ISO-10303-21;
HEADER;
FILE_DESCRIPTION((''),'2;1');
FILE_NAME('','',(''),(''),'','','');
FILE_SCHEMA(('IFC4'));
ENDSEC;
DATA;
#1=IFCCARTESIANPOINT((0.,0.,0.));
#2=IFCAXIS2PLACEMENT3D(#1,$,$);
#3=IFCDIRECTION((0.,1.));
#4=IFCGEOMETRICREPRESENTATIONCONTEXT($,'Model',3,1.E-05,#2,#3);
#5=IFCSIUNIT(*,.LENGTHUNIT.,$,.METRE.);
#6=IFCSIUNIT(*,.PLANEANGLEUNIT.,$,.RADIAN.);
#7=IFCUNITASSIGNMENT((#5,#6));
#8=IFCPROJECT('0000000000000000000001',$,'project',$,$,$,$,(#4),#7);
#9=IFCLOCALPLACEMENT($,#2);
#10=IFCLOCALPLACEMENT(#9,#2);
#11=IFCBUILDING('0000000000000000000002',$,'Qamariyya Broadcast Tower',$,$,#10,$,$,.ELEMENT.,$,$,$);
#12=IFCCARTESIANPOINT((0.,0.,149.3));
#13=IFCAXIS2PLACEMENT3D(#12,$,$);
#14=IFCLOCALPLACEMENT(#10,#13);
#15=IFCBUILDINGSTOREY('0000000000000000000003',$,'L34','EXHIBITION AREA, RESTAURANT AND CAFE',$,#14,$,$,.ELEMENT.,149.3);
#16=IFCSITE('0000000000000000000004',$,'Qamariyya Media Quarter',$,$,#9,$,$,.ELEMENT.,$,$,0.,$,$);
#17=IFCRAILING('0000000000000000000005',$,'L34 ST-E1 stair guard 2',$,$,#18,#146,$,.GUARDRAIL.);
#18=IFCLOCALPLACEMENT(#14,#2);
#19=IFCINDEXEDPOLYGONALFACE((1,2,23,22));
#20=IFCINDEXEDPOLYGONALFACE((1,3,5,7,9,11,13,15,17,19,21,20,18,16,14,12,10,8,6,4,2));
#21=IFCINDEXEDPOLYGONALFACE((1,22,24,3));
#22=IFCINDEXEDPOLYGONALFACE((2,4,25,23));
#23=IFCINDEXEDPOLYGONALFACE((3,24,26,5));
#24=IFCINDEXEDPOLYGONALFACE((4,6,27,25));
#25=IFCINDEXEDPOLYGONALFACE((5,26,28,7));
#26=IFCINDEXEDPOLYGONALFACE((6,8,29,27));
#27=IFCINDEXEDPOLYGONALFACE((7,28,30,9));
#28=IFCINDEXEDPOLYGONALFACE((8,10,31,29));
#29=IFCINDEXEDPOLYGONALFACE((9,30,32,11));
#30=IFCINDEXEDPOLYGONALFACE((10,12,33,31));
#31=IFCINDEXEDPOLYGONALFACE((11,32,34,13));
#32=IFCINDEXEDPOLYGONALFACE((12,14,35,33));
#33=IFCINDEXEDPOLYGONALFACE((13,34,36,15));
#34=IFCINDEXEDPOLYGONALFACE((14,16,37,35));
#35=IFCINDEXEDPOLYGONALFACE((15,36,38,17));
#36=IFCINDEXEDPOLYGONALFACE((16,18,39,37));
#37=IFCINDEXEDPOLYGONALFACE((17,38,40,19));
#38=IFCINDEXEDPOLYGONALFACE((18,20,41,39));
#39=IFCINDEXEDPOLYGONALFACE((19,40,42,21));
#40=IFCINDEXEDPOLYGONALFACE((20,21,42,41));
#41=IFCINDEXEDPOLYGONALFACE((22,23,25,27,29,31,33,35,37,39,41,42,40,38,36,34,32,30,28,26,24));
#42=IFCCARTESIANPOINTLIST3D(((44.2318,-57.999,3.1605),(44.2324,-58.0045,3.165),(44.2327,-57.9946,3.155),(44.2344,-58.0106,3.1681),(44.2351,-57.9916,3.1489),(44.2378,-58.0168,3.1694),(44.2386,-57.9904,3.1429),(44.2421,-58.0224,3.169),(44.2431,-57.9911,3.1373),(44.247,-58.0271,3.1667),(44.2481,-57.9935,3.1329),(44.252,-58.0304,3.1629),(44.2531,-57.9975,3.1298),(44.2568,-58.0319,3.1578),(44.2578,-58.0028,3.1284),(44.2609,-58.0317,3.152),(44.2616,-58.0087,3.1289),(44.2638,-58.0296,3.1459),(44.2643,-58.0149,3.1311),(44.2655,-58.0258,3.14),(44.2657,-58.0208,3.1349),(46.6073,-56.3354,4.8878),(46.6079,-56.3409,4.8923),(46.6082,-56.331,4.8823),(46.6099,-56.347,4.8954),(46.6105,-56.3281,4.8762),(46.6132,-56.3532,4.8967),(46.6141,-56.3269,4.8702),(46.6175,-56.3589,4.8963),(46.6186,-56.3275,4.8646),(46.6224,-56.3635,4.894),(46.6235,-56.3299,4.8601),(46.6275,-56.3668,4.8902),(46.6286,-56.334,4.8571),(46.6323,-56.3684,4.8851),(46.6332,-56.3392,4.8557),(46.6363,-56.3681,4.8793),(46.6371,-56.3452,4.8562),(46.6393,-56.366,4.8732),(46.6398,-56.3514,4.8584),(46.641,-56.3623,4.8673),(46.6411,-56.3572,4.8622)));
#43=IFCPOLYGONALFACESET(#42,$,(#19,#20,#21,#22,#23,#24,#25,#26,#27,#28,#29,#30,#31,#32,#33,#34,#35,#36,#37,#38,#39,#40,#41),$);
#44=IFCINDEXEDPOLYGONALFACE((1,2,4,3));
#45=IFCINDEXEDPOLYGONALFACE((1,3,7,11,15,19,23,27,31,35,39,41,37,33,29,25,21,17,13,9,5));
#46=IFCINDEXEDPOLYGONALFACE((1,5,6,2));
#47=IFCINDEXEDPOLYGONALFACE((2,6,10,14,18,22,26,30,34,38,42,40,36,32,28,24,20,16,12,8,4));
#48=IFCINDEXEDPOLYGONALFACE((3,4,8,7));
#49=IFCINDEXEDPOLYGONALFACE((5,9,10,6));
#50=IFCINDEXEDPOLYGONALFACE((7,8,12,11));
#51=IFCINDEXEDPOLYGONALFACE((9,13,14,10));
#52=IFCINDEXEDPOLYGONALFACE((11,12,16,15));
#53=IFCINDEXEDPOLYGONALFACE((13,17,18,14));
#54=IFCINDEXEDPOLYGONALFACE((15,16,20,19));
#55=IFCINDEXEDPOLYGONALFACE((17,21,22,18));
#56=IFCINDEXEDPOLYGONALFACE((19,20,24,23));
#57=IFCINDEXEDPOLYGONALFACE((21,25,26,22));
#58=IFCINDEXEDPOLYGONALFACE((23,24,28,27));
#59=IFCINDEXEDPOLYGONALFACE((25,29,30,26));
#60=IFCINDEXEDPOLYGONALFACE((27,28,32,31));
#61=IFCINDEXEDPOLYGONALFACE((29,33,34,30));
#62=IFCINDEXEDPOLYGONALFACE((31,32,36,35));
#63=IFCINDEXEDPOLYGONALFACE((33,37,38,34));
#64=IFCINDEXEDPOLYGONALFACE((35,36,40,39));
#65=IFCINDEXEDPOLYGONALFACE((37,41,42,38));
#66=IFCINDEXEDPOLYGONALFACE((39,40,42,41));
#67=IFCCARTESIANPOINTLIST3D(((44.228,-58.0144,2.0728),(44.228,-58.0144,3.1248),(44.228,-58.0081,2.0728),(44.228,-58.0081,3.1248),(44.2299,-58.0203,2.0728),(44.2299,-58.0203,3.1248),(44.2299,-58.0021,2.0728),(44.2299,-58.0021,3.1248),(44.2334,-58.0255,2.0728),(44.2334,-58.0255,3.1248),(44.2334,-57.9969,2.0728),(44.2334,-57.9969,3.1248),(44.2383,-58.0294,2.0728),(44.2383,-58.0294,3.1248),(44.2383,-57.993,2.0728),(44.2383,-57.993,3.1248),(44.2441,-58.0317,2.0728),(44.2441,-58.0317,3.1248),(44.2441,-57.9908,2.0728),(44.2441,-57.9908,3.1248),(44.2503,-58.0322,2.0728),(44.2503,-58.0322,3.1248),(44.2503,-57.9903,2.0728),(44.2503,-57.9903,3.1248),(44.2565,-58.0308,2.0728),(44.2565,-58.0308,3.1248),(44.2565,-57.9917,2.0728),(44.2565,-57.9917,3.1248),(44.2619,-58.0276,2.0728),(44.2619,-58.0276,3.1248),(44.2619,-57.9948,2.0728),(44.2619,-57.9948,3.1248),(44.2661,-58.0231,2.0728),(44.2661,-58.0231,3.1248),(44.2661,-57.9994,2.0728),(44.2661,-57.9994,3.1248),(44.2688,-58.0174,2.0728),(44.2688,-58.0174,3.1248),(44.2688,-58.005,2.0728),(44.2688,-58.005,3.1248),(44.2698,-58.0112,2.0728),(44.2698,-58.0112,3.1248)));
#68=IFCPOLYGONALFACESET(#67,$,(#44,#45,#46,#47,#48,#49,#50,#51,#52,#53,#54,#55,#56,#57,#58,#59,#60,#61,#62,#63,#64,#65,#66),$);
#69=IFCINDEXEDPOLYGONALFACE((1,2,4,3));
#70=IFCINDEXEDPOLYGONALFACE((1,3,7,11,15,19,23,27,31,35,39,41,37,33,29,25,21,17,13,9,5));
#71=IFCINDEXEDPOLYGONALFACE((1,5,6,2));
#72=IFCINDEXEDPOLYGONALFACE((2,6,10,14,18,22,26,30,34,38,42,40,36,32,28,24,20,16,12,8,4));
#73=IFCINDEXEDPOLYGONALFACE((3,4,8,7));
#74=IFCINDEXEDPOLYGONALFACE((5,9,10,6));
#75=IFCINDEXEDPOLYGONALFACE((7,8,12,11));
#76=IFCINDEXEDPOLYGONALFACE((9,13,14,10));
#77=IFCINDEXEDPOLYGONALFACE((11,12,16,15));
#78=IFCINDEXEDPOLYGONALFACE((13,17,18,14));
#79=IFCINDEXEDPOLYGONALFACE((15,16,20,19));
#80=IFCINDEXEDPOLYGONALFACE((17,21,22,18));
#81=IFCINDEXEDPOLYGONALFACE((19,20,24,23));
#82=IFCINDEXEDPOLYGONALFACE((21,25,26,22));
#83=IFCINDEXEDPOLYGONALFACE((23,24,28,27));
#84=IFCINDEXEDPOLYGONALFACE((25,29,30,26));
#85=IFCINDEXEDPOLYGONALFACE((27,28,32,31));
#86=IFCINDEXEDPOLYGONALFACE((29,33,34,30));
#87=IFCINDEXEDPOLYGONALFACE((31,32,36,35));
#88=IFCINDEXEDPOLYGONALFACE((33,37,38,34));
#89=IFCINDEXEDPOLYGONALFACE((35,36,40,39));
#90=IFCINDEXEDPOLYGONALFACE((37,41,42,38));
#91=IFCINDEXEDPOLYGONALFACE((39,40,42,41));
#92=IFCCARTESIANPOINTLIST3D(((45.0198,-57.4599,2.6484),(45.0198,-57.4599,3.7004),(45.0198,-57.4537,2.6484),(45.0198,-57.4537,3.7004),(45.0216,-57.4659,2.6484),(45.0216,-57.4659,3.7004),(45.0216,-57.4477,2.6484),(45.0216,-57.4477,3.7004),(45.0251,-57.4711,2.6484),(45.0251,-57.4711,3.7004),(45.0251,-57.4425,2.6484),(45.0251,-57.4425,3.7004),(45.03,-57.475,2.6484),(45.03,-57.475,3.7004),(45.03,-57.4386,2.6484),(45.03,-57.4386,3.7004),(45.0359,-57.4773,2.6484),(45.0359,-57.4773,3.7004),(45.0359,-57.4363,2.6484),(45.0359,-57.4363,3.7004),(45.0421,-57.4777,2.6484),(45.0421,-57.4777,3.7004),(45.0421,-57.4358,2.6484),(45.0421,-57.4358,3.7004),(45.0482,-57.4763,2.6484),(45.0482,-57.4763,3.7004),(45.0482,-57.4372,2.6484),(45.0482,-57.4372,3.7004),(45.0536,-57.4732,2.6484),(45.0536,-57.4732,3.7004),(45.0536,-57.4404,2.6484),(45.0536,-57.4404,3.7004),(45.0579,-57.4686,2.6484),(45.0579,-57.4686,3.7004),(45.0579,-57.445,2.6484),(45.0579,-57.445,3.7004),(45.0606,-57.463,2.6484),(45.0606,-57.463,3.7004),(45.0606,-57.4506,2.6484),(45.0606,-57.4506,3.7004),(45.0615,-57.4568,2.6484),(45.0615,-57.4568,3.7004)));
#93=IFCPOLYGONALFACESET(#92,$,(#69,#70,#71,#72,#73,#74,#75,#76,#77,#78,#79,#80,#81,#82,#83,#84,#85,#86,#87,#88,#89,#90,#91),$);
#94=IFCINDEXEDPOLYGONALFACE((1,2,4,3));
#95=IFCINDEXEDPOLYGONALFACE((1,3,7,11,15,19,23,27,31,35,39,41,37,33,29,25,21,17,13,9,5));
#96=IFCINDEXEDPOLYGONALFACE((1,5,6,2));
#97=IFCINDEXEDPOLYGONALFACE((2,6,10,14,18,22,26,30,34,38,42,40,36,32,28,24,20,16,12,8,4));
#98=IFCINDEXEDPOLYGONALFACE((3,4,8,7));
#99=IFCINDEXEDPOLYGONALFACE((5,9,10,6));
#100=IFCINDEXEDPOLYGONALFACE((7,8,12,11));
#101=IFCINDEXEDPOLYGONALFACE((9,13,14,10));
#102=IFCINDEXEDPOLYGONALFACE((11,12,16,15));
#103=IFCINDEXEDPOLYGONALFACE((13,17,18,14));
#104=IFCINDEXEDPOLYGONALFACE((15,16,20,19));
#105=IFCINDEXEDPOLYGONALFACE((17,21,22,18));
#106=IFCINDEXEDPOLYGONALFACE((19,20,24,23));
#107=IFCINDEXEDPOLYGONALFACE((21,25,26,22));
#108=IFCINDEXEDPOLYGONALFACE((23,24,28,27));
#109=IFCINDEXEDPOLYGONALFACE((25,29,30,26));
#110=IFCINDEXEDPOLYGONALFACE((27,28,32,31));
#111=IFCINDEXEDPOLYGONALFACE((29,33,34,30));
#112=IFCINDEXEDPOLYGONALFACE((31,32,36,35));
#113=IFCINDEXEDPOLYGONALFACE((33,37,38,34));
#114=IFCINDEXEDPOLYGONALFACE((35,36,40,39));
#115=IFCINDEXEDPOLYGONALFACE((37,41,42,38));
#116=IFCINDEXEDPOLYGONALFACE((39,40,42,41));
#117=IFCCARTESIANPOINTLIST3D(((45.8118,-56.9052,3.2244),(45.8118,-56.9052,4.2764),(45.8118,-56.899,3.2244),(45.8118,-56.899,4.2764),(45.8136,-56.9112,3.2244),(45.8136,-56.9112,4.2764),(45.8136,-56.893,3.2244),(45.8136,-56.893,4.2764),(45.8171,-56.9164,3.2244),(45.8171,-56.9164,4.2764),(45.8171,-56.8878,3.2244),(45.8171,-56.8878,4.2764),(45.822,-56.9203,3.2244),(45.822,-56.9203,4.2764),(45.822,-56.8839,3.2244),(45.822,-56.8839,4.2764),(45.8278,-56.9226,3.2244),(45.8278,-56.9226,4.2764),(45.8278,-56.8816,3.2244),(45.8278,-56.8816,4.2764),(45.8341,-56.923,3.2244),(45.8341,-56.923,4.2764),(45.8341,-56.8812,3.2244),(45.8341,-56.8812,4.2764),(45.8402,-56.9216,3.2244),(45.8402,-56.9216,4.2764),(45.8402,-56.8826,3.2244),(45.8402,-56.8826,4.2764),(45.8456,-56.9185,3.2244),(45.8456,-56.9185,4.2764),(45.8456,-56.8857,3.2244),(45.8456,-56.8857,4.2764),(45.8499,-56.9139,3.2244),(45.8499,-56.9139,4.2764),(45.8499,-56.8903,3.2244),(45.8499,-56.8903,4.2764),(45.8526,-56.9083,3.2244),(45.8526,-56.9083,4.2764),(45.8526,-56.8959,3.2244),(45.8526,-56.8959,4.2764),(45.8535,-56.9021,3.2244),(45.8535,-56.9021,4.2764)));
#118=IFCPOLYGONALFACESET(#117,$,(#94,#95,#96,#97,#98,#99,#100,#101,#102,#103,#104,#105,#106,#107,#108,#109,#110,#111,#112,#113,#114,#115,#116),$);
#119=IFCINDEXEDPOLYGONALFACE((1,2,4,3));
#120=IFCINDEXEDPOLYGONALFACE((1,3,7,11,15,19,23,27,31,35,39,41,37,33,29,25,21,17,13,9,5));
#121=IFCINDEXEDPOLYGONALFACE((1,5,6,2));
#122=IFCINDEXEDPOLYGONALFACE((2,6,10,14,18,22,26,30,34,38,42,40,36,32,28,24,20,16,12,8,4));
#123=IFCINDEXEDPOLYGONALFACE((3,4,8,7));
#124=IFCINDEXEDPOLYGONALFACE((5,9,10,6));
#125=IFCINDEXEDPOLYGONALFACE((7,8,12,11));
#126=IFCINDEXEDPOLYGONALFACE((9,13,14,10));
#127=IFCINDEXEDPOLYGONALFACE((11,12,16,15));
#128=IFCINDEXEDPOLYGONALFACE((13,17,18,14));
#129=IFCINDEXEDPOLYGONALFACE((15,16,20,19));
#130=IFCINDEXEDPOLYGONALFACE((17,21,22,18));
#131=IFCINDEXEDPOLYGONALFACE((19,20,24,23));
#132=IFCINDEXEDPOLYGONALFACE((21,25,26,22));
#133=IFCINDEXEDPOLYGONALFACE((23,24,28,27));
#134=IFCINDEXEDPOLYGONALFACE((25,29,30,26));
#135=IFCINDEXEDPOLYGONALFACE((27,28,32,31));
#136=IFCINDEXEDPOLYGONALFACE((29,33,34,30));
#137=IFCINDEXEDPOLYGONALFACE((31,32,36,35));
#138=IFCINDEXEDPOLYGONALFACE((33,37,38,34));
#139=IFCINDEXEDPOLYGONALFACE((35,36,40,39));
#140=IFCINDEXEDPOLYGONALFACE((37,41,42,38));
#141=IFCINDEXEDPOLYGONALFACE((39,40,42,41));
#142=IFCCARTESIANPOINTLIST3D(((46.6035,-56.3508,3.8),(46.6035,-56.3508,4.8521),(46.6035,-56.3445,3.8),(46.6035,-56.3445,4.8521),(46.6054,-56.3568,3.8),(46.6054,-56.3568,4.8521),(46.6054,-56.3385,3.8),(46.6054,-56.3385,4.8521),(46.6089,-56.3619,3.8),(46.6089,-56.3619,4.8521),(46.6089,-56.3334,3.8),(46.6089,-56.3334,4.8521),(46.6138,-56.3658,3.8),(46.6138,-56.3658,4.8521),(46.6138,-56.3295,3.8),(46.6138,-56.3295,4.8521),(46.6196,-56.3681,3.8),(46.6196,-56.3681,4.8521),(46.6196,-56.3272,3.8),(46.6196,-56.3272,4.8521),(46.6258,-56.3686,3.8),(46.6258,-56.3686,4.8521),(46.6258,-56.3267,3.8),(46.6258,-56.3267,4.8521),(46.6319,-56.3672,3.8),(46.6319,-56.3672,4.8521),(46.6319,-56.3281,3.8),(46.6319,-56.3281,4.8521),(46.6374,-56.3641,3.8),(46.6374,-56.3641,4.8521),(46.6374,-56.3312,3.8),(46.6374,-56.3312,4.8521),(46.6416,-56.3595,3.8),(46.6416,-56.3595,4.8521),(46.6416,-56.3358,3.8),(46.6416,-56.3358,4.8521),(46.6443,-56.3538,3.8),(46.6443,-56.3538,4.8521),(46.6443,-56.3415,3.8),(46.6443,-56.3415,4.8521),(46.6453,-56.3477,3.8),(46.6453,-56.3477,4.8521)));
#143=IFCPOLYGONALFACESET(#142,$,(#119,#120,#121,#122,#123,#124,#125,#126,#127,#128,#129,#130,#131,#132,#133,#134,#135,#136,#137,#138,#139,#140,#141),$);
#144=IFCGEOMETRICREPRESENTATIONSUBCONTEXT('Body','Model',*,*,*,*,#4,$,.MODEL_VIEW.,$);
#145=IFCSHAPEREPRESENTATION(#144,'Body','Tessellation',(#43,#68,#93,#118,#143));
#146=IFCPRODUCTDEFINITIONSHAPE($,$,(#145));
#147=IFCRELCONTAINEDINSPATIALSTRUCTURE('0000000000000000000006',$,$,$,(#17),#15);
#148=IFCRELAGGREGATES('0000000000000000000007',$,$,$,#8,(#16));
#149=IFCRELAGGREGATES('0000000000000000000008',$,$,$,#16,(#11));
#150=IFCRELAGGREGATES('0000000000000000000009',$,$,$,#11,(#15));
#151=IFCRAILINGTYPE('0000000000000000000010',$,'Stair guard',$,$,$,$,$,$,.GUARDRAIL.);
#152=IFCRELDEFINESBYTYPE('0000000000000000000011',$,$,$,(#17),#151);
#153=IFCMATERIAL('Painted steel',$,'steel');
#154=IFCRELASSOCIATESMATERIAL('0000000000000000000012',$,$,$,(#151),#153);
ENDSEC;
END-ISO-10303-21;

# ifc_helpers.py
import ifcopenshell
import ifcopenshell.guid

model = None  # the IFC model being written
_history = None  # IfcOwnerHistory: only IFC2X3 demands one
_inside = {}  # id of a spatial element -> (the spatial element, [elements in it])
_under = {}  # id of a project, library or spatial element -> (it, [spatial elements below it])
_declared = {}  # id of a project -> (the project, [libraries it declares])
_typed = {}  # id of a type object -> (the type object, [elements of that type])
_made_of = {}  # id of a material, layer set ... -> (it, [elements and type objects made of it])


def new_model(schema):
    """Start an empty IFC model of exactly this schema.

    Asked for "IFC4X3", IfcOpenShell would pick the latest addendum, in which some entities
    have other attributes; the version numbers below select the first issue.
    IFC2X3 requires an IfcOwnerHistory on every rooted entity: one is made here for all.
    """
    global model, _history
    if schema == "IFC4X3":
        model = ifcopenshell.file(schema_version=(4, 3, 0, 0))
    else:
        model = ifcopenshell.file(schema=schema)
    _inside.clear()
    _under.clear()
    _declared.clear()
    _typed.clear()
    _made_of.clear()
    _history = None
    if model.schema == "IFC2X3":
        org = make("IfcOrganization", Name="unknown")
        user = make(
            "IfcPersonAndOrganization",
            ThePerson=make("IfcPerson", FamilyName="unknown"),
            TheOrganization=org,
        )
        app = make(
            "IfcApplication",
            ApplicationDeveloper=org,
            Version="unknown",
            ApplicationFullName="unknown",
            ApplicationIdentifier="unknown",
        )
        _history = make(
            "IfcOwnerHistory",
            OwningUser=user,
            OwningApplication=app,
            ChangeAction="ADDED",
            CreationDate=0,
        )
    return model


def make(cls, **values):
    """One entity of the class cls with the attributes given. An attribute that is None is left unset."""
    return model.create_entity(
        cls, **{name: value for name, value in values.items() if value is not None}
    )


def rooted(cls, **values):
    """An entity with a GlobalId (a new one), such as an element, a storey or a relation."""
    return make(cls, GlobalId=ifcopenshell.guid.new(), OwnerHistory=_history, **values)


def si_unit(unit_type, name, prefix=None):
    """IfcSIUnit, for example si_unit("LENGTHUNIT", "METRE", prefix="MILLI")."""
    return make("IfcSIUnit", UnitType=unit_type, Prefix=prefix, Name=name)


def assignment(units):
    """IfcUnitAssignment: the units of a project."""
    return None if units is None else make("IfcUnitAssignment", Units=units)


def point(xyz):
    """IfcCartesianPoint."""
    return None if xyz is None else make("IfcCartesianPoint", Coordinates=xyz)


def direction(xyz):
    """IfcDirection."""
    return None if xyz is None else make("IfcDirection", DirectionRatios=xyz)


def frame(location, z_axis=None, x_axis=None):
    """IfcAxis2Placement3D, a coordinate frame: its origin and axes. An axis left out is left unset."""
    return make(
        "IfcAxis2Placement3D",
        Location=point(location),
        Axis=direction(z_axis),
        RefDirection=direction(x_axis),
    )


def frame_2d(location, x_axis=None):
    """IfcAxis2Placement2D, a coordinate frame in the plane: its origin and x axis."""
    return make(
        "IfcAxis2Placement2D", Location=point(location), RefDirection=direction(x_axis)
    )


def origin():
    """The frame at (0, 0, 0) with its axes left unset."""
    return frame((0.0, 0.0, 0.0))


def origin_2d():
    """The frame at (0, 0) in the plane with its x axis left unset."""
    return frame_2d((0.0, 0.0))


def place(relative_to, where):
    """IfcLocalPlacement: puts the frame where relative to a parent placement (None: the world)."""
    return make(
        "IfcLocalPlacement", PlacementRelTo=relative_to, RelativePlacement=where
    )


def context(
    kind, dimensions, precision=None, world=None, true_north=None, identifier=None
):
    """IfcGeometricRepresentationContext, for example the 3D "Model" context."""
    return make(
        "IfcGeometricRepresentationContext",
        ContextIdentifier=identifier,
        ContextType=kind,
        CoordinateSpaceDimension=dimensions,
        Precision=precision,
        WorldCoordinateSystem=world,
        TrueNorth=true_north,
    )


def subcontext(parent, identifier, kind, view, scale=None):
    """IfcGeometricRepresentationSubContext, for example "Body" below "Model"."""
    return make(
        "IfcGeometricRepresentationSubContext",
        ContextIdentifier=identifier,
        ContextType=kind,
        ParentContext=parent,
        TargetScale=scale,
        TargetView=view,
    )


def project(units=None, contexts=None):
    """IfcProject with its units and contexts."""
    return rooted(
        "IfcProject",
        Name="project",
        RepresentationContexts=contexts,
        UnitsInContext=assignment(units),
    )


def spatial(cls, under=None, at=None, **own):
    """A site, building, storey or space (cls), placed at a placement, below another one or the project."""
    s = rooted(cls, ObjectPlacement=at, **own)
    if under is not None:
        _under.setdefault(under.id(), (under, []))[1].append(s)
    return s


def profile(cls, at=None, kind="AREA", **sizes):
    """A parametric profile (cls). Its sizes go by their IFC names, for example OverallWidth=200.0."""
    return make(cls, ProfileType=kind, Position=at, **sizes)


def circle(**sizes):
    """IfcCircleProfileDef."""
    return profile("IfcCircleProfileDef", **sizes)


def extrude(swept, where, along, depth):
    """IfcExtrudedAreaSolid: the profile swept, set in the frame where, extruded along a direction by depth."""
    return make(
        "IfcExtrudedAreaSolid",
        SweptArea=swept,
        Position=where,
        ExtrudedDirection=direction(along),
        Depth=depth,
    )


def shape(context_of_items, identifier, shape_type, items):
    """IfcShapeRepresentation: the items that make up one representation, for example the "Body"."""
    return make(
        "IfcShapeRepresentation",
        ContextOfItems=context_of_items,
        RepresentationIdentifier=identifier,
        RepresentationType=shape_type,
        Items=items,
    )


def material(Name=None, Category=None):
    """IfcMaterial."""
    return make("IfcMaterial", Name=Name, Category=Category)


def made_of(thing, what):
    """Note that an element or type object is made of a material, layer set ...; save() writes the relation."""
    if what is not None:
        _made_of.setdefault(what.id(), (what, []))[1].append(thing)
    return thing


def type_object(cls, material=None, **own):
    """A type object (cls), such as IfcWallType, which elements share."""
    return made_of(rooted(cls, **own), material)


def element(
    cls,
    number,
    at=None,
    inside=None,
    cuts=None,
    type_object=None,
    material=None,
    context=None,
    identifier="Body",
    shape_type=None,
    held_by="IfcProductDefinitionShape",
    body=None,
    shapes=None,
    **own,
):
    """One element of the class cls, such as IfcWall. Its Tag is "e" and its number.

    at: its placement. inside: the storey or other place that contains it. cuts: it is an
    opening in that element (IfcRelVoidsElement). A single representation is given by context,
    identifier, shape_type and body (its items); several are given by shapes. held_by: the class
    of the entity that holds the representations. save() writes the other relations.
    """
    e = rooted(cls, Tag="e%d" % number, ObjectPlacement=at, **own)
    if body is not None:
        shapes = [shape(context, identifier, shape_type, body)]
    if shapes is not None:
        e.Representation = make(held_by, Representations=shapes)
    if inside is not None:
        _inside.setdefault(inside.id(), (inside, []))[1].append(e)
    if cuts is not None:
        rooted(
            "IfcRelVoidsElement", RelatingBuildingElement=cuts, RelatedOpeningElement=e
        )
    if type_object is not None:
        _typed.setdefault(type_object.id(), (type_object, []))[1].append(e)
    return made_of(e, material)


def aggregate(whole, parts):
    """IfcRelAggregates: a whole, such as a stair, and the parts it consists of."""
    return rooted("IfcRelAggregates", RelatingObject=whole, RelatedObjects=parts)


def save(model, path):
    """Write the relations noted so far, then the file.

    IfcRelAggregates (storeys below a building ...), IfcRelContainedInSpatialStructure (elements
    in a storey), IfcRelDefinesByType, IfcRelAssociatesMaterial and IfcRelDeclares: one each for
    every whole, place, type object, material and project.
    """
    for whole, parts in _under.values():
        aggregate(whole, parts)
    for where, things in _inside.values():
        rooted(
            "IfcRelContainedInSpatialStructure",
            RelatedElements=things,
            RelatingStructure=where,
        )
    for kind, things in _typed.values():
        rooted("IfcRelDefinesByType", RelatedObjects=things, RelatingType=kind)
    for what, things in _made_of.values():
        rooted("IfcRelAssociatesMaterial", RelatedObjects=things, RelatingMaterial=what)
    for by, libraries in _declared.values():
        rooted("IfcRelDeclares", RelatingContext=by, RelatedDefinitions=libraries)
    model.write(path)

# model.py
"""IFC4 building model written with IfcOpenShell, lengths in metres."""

from ifc_helpers import new_model, si_unit, direction, frame, origin, origin_2d, place, context, subcontext, project, spatial, circle, extrude, material, type_object, element, save


model = new_model("IFC4")

# Units and contexts
model_context = context("Model", 3, precision=1e-05, world=origin(), true_north=direction((0.0, 1.0)))
body_context = subcontext(model_context, "Body", "Model", "MODEL_VIEW")
ifc_project = project(units=[si_unit("LENGTHUNIT", "METRE"), si_unit("PLANEANGLEUNIT", "RADIAN")], contexts=[model_context])

# Site, building, storey
site_placement = place(None, origin())
site = spatial("IfcSite", under=ifc_project, at=site_placement, Name="Qamariyya Media Quarter", CompositionType="ELEMENT", RefElevation=0.0)
building_placement = place(site_placement, origin())
building = spatial("IfcBuilding", under=site, at=building_placement, Name="Qamariyya Broadcast Tower", CompositionType="ELEMENT")
storey_placement = place(building_placement, frame((0.0, 0.0, 149.3)))
storey = spatial("IfcBuildingStorey", under=building, at=storey_placement, Name="L34", Description="EXHIBITION AREA, RESTAURANT AND CAFE", CompositionType="ELEMENT", Elevation=149.3)

# Railing
ifc_material_1 = material(Name="Painted steel", Category="steel")
railing_type_1 = type_object("IfcRailingType", Name="Stair guard", PredefinedType="GUARDRAIL", material=ifc_material_1)
railing_1_placement = place(storey_placement, frame((44.2488, -58.0112, 2.0728)))
element("IfcRailing", 1, at=railing_1_placement, inside=storey, type_object=railing_type_1, Name="L34 ST-E1 stair guard 2", PredefinedType="GUARDRAIL", context=body_context, shape_type="SweptSolid", body=[
    extrude(circle(Radius=0.0239, at=origin_2d()), frame((0.0, 0.0, 1.0762), z_axis=(0.703745, 0.492838, 0.511716), x_axis=(-0.573632, 0.819113, 0.0)), (0.0, 0.0, 1.0), 3.3755),
    extrude(circle(Radius=0.021, at=origin_2d()), origin(), (0.0, 0.0, 1.0), 1.052),
    extrude(circle(Radius=0.021, at=origin_2d()), frame((0.7917, 0.5544, 0.5757)), (0.0, 0.0, 1.0), 1.052),
    extrude(circle(Radius=0.021, at=origin_2d()), frame((1.5837, 1.1091, 1.1516)), (0.0, 0.0, 1.0), 1.052),
    extrude(circle(Radius=0.021, at=origin_2d()), frame((2.3755, 1.6636, 1.7273)), (0.0, 0.0, 1.0), 1.052),
])

save(model, "model.ifc")
